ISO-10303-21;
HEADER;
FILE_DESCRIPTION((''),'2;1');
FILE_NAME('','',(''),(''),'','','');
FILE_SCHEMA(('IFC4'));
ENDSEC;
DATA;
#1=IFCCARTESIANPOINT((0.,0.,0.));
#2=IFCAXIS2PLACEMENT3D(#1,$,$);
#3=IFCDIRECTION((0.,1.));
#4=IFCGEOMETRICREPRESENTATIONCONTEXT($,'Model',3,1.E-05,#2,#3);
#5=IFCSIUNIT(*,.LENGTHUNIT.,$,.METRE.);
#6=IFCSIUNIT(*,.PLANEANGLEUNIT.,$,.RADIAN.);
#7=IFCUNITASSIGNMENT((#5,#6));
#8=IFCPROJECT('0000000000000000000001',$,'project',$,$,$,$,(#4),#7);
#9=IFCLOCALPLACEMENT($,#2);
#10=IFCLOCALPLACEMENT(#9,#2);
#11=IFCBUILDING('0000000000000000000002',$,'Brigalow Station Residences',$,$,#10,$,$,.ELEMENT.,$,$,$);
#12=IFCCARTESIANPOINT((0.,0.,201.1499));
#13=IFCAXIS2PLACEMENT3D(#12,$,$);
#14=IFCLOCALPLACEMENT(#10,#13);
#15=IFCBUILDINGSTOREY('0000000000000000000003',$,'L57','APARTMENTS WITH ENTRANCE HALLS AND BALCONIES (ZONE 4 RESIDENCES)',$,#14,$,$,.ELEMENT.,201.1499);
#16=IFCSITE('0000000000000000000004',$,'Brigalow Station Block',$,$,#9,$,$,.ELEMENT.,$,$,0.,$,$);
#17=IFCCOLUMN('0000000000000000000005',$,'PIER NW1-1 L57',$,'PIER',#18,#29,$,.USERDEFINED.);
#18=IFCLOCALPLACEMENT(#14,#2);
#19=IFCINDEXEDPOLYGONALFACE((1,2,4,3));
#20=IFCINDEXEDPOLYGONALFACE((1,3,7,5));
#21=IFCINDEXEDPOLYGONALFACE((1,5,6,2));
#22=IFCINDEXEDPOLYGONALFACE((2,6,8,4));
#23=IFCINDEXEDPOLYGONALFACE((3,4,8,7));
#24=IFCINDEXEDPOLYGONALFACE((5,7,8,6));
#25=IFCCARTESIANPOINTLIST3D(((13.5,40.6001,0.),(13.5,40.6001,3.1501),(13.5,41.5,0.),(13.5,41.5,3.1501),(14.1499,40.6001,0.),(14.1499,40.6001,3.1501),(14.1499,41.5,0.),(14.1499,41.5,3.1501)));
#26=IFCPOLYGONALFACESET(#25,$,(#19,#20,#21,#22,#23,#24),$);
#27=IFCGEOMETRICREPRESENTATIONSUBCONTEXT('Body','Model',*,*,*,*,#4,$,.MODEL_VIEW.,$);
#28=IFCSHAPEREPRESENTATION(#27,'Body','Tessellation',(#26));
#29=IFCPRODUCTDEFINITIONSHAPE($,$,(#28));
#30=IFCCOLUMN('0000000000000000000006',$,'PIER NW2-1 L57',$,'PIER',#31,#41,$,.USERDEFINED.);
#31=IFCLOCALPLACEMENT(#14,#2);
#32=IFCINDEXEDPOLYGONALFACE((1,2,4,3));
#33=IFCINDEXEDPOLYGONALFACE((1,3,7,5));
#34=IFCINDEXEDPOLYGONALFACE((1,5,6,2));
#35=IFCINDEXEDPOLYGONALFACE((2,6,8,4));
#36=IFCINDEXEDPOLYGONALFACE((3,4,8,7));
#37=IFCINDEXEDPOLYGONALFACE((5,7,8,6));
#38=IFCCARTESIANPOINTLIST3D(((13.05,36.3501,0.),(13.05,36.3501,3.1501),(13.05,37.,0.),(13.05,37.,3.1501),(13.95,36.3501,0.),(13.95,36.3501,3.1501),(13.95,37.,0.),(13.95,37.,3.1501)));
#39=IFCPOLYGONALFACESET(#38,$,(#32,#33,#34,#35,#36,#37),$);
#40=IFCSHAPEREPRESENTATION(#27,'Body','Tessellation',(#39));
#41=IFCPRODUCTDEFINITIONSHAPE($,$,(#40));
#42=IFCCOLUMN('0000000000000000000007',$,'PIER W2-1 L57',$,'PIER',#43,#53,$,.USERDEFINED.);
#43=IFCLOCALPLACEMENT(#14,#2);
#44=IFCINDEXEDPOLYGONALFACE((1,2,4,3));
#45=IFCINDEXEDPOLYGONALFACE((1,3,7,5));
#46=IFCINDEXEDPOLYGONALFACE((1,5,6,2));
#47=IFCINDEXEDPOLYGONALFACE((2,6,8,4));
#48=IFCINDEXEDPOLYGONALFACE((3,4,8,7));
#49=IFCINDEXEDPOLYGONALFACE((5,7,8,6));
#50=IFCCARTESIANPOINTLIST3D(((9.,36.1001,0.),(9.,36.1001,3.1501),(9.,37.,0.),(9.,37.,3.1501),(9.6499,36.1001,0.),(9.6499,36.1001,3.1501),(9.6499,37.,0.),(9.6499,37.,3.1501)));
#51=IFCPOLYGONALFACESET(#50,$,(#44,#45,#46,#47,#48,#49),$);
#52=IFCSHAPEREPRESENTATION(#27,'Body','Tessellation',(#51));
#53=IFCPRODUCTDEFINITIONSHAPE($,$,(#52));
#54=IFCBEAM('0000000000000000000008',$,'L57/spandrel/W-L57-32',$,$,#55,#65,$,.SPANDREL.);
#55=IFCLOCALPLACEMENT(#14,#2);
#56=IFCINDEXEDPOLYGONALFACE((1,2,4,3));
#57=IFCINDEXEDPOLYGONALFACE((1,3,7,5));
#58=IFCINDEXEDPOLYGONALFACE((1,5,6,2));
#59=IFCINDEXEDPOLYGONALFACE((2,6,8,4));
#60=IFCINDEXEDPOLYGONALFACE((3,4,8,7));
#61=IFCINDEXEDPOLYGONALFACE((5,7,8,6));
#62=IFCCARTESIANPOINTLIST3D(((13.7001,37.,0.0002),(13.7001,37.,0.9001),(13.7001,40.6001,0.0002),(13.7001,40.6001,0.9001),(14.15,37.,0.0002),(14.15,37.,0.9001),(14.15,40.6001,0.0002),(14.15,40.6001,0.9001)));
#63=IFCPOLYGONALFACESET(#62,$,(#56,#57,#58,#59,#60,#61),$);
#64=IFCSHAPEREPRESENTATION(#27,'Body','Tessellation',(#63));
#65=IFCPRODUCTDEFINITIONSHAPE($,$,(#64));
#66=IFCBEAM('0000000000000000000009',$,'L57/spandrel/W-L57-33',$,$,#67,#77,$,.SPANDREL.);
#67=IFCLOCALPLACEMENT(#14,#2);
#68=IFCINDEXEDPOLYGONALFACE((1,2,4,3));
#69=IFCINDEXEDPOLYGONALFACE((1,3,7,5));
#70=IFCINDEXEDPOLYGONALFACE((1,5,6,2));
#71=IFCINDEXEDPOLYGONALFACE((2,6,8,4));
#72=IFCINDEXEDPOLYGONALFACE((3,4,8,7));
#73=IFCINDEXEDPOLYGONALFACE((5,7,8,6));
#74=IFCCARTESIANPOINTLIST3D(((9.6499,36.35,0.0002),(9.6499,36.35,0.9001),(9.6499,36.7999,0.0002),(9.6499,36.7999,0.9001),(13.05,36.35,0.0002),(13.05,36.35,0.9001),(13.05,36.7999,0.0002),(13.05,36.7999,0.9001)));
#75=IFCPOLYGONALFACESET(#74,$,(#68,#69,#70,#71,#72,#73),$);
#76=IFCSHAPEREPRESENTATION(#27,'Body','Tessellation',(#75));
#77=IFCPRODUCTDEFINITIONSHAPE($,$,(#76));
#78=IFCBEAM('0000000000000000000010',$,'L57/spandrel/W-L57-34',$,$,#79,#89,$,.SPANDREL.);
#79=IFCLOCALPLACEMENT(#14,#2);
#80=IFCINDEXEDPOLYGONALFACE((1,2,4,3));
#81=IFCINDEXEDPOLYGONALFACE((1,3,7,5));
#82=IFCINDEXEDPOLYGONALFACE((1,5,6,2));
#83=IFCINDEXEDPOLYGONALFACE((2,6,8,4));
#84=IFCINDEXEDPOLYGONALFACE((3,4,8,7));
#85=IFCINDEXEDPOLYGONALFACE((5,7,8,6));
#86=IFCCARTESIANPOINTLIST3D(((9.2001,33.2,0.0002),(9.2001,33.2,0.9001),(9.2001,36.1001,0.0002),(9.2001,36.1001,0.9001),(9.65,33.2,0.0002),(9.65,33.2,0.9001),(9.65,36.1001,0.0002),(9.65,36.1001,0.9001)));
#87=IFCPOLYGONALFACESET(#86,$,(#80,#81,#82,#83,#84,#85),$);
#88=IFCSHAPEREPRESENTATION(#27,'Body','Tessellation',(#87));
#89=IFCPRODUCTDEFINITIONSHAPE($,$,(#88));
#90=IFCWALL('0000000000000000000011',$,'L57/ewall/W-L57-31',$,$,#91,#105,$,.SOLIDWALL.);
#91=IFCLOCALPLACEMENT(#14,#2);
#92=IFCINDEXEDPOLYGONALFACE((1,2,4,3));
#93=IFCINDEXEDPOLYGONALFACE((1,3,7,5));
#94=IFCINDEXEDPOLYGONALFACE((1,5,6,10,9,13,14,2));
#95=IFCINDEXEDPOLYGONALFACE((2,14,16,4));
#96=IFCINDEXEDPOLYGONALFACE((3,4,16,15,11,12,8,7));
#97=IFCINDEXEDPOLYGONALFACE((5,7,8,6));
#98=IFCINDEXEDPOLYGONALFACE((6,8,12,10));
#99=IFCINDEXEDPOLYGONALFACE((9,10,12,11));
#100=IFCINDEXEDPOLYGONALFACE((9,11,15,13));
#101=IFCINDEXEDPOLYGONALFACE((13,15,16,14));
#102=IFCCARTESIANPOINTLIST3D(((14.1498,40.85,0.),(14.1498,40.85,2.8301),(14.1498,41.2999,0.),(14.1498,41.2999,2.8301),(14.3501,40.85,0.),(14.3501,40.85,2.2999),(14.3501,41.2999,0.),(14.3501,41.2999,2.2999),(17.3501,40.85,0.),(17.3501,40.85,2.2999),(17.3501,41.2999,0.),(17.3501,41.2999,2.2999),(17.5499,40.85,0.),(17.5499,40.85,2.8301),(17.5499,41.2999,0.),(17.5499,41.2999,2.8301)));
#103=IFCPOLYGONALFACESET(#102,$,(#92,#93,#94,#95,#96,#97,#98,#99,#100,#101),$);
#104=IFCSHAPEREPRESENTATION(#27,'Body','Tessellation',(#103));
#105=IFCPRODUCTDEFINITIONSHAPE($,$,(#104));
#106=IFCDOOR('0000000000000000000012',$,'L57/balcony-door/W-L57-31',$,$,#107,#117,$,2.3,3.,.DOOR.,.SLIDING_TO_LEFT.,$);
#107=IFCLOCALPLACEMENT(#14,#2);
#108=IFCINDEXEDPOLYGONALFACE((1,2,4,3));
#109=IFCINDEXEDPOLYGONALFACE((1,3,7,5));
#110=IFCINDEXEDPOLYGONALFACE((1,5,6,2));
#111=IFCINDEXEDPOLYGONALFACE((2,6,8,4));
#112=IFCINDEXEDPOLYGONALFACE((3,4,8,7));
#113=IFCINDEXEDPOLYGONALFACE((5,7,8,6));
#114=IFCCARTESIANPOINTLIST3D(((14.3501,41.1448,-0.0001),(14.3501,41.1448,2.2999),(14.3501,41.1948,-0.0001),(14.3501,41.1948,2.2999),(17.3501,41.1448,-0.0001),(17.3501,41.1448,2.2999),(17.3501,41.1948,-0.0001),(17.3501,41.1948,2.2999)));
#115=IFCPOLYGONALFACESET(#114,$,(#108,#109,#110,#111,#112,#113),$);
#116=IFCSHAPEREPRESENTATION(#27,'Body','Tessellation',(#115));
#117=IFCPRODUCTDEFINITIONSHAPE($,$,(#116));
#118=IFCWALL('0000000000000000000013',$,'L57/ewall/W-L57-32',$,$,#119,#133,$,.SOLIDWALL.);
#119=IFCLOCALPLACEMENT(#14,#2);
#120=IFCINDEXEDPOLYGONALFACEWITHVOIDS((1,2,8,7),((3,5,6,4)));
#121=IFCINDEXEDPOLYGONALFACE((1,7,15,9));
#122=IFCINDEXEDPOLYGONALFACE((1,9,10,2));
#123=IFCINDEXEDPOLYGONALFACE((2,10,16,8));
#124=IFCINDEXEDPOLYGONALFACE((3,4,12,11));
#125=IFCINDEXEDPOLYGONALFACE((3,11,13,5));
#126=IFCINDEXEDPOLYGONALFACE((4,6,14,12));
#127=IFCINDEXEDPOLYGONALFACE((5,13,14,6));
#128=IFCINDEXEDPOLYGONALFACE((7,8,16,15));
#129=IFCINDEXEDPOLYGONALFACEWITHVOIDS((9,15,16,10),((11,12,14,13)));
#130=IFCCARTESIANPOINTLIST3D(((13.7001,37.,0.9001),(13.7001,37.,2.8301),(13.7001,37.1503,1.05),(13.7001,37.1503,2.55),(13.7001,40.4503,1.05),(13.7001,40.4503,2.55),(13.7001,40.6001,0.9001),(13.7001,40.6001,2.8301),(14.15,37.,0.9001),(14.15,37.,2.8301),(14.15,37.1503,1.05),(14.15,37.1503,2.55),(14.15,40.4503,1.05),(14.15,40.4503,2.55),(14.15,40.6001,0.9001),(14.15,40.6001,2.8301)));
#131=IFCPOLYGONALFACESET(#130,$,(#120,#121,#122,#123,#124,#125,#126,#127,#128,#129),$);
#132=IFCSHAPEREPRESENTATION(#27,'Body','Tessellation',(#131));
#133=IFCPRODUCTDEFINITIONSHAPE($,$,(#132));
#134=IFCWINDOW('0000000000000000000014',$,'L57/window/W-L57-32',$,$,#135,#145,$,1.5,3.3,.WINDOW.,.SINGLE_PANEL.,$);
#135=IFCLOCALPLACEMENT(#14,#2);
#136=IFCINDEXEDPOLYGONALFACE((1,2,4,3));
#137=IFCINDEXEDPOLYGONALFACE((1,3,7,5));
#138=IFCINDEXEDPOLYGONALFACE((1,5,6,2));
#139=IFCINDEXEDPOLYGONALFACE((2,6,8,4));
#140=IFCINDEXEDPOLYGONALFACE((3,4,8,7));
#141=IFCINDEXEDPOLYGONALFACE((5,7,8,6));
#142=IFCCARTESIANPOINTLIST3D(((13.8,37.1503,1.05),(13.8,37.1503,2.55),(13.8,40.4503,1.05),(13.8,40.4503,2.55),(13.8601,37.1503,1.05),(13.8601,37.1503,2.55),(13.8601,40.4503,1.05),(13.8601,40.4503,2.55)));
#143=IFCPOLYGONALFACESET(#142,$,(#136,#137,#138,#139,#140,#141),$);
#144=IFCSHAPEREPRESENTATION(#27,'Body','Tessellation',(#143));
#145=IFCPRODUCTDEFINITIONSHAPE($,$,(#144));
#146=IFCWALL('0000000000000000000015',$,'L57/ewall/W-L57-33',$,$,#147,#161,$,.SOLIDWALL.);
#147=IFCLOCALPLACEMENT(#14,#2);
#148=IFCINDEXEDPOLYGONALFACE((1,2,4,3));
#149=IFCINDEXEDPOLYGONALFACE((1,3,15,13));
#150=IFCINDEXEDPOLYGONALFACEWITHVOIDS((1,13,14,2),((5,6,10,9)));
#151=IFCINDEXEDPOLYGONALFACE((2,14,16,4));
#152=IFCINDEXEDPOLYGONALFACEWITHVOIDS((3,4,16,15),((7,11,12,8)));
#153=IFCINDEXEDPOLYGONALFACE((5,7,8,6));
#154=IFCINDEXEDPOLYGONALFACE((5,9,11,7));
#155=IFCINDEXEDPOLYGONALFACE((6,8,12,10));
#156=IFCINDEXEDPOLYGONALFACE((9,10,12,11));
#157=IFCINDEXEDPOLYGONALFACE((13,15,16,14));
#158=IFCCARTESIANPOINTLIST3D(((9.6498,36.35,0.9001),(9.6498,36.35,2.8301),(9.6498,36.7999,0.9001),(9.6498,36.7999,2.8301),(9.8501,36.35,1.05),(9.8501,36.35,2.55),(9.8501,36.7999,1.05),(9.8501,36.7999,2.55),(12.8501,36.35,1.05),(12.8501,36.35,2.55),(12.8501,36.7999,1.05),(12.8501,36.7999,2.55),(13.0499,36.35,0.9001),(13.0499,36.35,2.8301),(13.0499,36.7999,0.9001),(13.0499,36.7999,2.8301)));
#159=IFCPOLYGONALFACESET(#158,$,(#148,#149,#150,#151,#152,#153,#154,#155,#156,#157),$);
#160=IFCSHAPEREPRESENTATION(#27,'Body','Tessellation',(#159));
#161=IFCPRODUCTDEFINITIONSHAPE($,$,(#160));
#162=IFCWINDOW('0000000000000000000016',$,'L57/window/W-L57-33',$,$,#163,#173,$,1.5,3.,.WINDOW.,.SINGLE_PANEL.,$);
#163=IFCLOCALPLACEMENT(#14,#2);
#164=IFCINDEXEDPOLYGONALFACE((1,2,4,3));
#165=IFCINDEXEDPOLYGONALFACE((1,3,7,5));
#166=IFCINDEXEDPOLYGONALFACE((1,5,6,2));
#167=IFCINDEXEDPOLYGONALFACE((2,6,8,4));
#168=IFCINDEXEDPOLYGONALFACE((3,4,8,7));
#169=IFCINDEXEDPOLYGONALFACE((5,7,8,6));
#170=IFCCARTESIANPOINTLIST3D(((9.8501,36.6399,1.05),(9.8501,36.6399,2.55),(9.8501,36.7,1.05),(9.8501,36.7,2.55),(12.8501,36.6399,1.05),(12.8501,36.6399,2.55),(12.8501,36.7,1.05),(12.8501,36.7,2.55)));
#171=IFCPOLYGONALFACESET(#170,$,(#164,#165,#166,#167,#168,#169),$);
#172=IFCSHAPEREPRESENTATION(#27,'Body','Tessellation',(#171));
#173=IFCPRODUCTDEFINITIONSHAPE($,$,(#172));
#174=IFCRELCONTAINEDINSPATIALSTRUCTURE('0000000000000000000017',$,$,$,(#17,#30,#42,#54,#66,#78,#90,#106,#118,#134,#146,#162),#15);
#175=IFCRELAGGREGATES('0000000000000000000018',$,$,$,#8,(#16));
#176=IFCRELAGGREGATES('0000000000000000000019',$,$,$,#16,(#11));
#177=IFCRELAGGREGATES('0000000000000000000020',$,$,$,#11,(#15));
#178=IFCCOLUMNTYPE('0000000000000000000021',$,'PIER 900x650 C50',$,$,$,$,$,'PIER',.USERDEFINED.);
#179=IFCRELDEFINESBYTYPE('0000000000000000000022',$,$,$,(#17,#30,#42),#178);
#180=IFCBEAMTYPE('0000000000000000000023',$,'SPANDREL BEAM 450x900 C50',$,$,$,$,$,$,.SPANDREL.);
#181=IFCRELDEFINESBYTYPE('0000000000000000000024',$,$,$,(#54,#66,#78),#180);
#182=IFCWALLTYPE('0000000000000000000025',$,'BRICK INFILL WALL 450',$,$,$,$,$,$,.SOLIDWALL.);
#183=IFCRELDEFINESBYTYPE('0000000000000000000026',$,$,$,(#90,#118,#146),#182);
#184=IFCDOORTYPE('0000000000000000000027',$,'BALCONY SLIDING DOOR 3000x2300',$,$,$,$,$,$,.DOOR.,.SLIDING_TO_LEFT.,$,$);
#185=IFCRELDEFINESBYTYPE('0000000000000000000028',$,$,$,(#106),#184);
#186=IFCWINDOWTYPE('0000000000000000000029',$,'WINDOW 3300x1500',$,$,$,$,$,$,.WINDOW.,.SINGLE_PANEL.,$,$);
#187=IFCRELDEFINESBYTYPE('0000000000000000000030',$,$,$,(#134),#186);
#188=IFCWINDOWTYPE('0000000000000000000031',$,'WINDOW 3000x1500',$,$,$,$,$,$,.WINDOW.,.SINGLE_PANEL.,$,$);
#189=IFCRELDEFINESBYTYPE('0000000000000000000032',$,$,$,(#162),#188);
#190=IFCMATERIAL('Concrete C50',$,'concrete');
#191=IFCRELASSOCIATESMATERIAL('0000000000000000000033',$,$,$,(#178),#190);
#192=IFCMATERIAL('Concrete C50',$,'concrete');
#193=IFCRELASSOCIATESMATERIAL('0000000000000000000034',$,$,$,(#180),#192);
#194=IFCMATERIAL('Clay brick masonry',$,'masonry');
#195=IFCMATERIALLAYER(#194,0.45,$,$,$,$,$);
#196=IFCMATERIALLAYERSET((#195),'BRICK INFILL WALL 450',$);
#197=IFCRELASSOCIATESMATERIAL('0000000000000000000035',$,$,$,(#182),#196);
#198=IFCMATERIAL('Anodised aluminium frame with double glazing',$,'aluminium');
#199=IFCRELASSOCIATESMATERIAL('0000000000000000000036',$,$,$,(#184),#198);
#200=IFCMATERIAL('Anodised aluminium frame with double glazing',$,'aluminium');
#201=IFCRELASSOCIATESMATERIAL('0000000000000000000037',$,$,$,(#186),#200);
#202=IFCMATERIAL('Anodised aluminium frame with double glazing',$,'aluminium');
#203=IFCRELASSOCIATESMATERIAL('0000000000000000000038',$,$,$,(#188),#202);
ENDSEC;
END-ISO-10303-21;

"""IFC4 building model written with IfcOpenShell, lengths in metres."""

from ifc_helpers import new_model, si_unit, direction, frame, frame_2d, origin, origin_2d, place, context, subcontext, project, spatial, rectangle, extrude, material, layer, layer_set, material_profile, profile_set, type_object, element, fill, save


model = new_model("IFC4")

# Units and contexts
model_context = context("Model", 3, precision=1e-05, world=origin(), true_north=direction((0.0, 1.0)))
body_context = subcontext(model_context, "Body", "Model", "MODEL_VIEW")
ifc_project = project(units=[si_unit("LENGTHUNIT", "METRE"), si_unit("PLANEANGLEUNIT", "RADIAN")], contexts=[model_context])

# Site, building, storey
site_placement = place(None, origin())
site = spatial("IfcSite", under=ifc_project, at=site_placement, Name="Brigalow Station Block", CompositionType="ELEMENT", RefElevation=0.0)
building_placement = place(site_placement, origin())
building = spatial("IfcBuilding", under=site, at=building_placement, Name="Brigalow Station Residences", CompositionType="ELEMENT")
storey_placement = place(building_placement, frame((0.0, 0.0, 201.1499)))
storey = spatial("IfcBuildingStorey", under=building, at=storey_placement, Name="L57", Description="APARTMENTS WITH ENTRANCE HALLS AND BALCONIES (ZONE 4 RESIDENCES)", CompositionType="ELEMENT", Elevation=201.1499)

# Columns
ifc_material_1 = material(Name="Concrete C50", Category="concrete")
ifc_material_profile_1 = material_profile(ifc_material_1, rectangle(XDim=0.8999, YDim=0.6499, at=origin_2d()), Name="RC900x650")
ifc_profile_set_1 = profile_set([ifc_material_profile_1], Name="Concrete C50")
column_type = type_object("IfcColumnType", Name="PIER 900x650 C50", ElementType="PIER", PredefinedType="USERDEFINED", material=ifc_profile_set_1)
for number, where, z_axis, x_axis, name in (
    (1, (13.825, 41.05, 0.0), (0.0, 0.0, 1.0), (0.0, -1.0, 0.0), "PIER NW1-1 L57"),
    (2, (13.5, 36.675, 0.0), (0.0, 0.0, 1.0), (-1.0, 0.0, 0.0), "PIER NW2-1 L57"),
    (3, (9.325, 36.55, 0.0), (0.0, 0.0, 1.0), (0.0, -1.0, 0.0), "PIER W2-1 L57"),
):
    element("IfcColumn", number, at=place(storey_placement, frame(where, z_axis=z_axis, x_axis=x_axis)), inside=storey, type_object=column_type, Name=name, ObjectType="PIER", PredefinedType="USERDEFINED", context=body_context, shape_type="SweptSolid", body=[
        extrude(rectangle(XDim=0.8999, YDim=0.6499, at=origin_2d()), origin(), (0.0, 0.0, 1.0), 3.1501),
    ])

# Beams
ifc_material_2 = material(Name="Concrete C50", Category="concrete")
ifc_material_profile_2 = material_profile(ifc_material_2, rectangle(XDim=0.45, YDim=0.8999, at=origin_2d()), Name="RC450x900")
ifc_profile_set_2 = profile_set([ifc_material_profile_2], Name="Concrete C50")
beam_type = type_object("IfcBeamType", Name="SPANDREL BEAM 450x900 C50", PredefinedType="SPANDREL", material=ifc_profile_set_2)
beam_1_placement = place(storey_placement, frame((13.925, 40.6001, 0.4502), z_axis=(0.0, -1.0, 0.0), x_axis=(1.0, 0.0, 0.0)))
element("IfcBeam", 4, at=beam_1_placement, inside=storey, type_object=beam_type, Name="L57/spandrel/W-L57-32", PredefinedType="SPANDREL", context=body_context, shape_type="SweptSolid", body=[
    extrude(rectangle(XDim=0.45, YDim=0.8999, at=origin_2d()), origin(), (0.0, 0.0, 1.0), 3.6001),
])
beam_2_placement = place(storey_placement, frame((13.05, 36.575, 0.4502), z_axis=(-1.0, 0.0, 0.0), x_axis=(0.0, -1.0, 0.0)))
element("IfcBeam", 5, at=beam_2_placement, inside=storey, type_object=beam_type, Name="L57/spandrel/W-L57-33", PredefinedType="SPANDREL", context=body_context, shape_type="SweptSolid", body=[
    extrude(rectangle(XDim=0.45, YDim=0.8999, at=origin_2d()), origin(), (0.0, 0.0, 1.0), 3.4001),
])
beam_3_placement = place(storey_placement, frame((9.425, 36.1001, 0.4502), z_axis=(0.0, -1.0, 0.0), x_axis=(1.0, 0.0, 0.0)))
element("IfcBeam", 6, at=beam_3_placement, inside=storey, type_object=beam_type, Name="L57/spandrel/W-L57-34", PredefinedType="SPANDREL", context=body_context, shape_type="SweptSolid", body=[
    extrude(rectangle(XDim=0.45, YDim=0.8999, at=origin_2d()), origin(), (0.0, 0.0, 1.0), 2.9001),
])

# Wall, opening, door
ifc_material_3 = material(Name="Clay brick masonry", Category="masonry")
ifc_layer_1 = layer(ifc_material_3, 0.45)
ifc_layer_set_1 = layer_set([ifc_layer_1], Name="BRICK INFILL WALL 450")
wall_type = type_object("IfcWallType", Name="BRICK INFILL WALL 450", PredefinedType="SOLIDWALL", material=ifc_layer_set_1)
wall_1_placement = place(storey_placement, frame((17.55, 41.075, 0.0), z_axis=(0.0, 0.0, 1.0), x_axis=(-1.0, 0.0, 0.0)))
wall_1 = element("IfcWall", 7, at=wall_1_placement, inside=storey, type_object=wall_type, Name="L57/ewall/W-L57-31", PredefinedType="SOLIDWALL", context=body_context, shape_type="SweptSolid", body=[
    extrude(rectangle(XDim=3.4001, YDim=0.45, at=frame_2d((1.7002, 0.0))), origin(), (0.0, 0.0, 1.0), 2.8301),
])
opening_1_placement = place(wall_1_placement, frame((0.2, 0.0, 0.0)))
opening_1 = element("IfcOpeningElement", 8, at=opening_1_placement, cuts=wall_1, PredefinedType="OPENING", context=body_context, shape_type="SweptSolid", body=[
    extrude(rectangle(XDim=3.0, YDim=2.3, at=frame_2d((1.5, 1.1499))), frame((0.0, 0.2349, 0.0), z_axis=(0.0, -1.0, 0.0), x_axis=(1.0, 0.0, 0.0)), (0.0, 0.0, 1.0), 0.47),
])
ifc_material_4 = material(Name="Anodised aluminium frame with double glazing", Category="aluminium")
door_type = type_object("IfcDoorType", Name="BALCONY SLIDING DOOR 3000x2300", OperationType="SLIDING_TO_LEFT", PredefinedType="DOOR", material=ifc_material_4)
door_placement = place(opening_1_placement, origin())
door = element("IfcDoor", 9, at=door_placement, inside=storey, type_object=door_type, Name="L57/balcony-door/W-L57-31", OperationType="SLIDING_TO_LEFT", OverallHeight=2.3, OverallWidth=3.0, PredefinedType="DOOR", context=body_context, shape_type="SweptSolid", body=[
    extrude(rectangle(XDim=3.0, YDim=2.3, at=frame_2d((1.5, 1.1499))), frame((0.0, -0.0698, 0.0), z_axis=(0.0, -1.0, 0.0), x_axis=(1.0, 0.0, 0.0)), (0.0, 0.0, 1.0), 0.05),
])
fill(opening_1, door)

# Walls, openings, windows
wall_2_placement = place(storey_placement, frame((13.925, 40.6001, 0.9001), z_axis=(0.0, 0.0, 1.0), x_axis=(0.0, -1.0, 0.0)))
wall_2 = element("IfcWall", 10, at=wall_2_placement, inside=storey, type_object=wall_type, Name="L57/ewall/W-L57-32", PredefinedType="SOLIDWALL", context=body_context, shape_type="SweptSolid", body=[
    extrude(rectangle(XDim=3.6001, YDim=0.45, at=frame_2d((1.8, 0.0))), origin(), (0.0, 0.0, 1.0), 1.9299),
])
opening_2_placement = place(wall_2_placement, frame((0.1499, 0.0, 0.1499)))
opening_2 = element("IfcOpeningElement", 11, at=opening_2_placement, cuts=wall_2, PredefinedType="OPENING", context=body_context, shape_type="SweptSolid", body=[
    extrude(rectangle(XDim=3.3, YDim=1.5, at=frame_2d((1.6499, 0.75))), frame((0.0, 0.2349, 0.0), z_axis=(0.0, -1.0, 0.0), x_axis=(1.0, 0.0, 0.0)), (0.0, 0.0, 1.0), 0.47),
])
ifc_material_5 = material(Name="Anodised aluminium frame with double glazing", Category="aluminium")
window_type_1 = type_object("IfcWindowType", Name="WINDOW 3300x1500", PartitioningType="SINGLE_PANEL", PredefinedType="WINDOW", material=ifc_material_5)
window_1_placement = place(opening_2_placement, origin())
window_1 = element("IfcWindow", 12, at=window_1_placement, inside=storey, type_object=window_type_1, Name="L57/window/W-L57-32", OverallHeight=1.5, OverallWidth=3.3, PartitioningType="SINGLE_PANEL", PredefinedType="WINDOW", context=body_context, shape_type="SweptSolid", body=[
    extrude(rectangle(XDim=3.3, YDim=1.5, at=frame_2d((1.6499, 0.75))), frame((0.0, -0.0649, 0.0), z_axis=(0.0, -1.0, 0.0), x_axis=(1.0, 0.0, 0.0)), (0.0, 0.0, 1.0), 0.0601),
])
fill(opening_2, window_1)
wall_3_placement = place(storey_placement, frame((13.05, 36.575, 0.9001), z_axis=(0.0, 0.0, 1.0), x_axis=(-1.0, 0.0, 0.0)))
wall_3 = element("IfcWall", 13, at=wall_3_placement, inside=storey, type_object=wall_type, Name="L57/ewall/W-L57-33", PredefinedType="SOLIDWALL", context=body_context, shape_type="SweptSolid", body=[
    extrude(rectangle(XDim=3.4001, YDim=0.45, at=frame_2d((1.7002, 0.0))), origin(), (0.0, 0.0, 1.0), 1.9299),
])
opening_3_placement = place(wall_3_placement, frame((0.2, 0.0, 0.1499)))
opening_3 = element("IfcOpeningElement", 14, at=opening_3_placement, cuts=wall_3, PredefinedType="OPENING", context=body_context, shape_type="SweptSolid", body=[
    extrude(rectangle(XDim=3.0, YDim=1.5, at=frame_2d((1.5, 0.75))), frame((0.0, 0.2349, 0.0), z_axis=(0.0, -1.0, 0.0), x_axis=(1.0, 0.0, 0.0)), (0.0, 0.0, 1.0), 0.47),
])
ifc_material_6 = material(Name="Anodised aluminium frame with double glazing", Category="aluminium")
window_type_2 = type_object("IfcWindowType", Name="WINDOW 3000x1500", PartitioningType="SINGLE_PANEL", PredefinedType="WINDOW", material=ifc_material_6)
window_2_placement = place(opening_3_placement, origin())
window_2 = element("IfcWindow", 15, at=window_2_placement, inside=storey, type_object=window_type_2, Name="L57/window/W-L57-33", OverallHeight=1.5, OverallWidth=3.0, PartitioningType="SINGLE_PANEL", PredefinedType="WINDOW", context=body_context, shape_type="SweptSolid", body=[
    extrude(rectangle(XDim=3.0, YDim=1.5, at=frame_2d((1.5, 0.75))), frame((0.0, -0.0649, 0.0), z_axis=(0.0, -1.0, 0.0), x_axis=(1.0, 0.0, 0.0)), (0.0, 0.0, 1.0), 0.0601),
])
fill(opening_3, window_2)

save(model, "model.ifc")
